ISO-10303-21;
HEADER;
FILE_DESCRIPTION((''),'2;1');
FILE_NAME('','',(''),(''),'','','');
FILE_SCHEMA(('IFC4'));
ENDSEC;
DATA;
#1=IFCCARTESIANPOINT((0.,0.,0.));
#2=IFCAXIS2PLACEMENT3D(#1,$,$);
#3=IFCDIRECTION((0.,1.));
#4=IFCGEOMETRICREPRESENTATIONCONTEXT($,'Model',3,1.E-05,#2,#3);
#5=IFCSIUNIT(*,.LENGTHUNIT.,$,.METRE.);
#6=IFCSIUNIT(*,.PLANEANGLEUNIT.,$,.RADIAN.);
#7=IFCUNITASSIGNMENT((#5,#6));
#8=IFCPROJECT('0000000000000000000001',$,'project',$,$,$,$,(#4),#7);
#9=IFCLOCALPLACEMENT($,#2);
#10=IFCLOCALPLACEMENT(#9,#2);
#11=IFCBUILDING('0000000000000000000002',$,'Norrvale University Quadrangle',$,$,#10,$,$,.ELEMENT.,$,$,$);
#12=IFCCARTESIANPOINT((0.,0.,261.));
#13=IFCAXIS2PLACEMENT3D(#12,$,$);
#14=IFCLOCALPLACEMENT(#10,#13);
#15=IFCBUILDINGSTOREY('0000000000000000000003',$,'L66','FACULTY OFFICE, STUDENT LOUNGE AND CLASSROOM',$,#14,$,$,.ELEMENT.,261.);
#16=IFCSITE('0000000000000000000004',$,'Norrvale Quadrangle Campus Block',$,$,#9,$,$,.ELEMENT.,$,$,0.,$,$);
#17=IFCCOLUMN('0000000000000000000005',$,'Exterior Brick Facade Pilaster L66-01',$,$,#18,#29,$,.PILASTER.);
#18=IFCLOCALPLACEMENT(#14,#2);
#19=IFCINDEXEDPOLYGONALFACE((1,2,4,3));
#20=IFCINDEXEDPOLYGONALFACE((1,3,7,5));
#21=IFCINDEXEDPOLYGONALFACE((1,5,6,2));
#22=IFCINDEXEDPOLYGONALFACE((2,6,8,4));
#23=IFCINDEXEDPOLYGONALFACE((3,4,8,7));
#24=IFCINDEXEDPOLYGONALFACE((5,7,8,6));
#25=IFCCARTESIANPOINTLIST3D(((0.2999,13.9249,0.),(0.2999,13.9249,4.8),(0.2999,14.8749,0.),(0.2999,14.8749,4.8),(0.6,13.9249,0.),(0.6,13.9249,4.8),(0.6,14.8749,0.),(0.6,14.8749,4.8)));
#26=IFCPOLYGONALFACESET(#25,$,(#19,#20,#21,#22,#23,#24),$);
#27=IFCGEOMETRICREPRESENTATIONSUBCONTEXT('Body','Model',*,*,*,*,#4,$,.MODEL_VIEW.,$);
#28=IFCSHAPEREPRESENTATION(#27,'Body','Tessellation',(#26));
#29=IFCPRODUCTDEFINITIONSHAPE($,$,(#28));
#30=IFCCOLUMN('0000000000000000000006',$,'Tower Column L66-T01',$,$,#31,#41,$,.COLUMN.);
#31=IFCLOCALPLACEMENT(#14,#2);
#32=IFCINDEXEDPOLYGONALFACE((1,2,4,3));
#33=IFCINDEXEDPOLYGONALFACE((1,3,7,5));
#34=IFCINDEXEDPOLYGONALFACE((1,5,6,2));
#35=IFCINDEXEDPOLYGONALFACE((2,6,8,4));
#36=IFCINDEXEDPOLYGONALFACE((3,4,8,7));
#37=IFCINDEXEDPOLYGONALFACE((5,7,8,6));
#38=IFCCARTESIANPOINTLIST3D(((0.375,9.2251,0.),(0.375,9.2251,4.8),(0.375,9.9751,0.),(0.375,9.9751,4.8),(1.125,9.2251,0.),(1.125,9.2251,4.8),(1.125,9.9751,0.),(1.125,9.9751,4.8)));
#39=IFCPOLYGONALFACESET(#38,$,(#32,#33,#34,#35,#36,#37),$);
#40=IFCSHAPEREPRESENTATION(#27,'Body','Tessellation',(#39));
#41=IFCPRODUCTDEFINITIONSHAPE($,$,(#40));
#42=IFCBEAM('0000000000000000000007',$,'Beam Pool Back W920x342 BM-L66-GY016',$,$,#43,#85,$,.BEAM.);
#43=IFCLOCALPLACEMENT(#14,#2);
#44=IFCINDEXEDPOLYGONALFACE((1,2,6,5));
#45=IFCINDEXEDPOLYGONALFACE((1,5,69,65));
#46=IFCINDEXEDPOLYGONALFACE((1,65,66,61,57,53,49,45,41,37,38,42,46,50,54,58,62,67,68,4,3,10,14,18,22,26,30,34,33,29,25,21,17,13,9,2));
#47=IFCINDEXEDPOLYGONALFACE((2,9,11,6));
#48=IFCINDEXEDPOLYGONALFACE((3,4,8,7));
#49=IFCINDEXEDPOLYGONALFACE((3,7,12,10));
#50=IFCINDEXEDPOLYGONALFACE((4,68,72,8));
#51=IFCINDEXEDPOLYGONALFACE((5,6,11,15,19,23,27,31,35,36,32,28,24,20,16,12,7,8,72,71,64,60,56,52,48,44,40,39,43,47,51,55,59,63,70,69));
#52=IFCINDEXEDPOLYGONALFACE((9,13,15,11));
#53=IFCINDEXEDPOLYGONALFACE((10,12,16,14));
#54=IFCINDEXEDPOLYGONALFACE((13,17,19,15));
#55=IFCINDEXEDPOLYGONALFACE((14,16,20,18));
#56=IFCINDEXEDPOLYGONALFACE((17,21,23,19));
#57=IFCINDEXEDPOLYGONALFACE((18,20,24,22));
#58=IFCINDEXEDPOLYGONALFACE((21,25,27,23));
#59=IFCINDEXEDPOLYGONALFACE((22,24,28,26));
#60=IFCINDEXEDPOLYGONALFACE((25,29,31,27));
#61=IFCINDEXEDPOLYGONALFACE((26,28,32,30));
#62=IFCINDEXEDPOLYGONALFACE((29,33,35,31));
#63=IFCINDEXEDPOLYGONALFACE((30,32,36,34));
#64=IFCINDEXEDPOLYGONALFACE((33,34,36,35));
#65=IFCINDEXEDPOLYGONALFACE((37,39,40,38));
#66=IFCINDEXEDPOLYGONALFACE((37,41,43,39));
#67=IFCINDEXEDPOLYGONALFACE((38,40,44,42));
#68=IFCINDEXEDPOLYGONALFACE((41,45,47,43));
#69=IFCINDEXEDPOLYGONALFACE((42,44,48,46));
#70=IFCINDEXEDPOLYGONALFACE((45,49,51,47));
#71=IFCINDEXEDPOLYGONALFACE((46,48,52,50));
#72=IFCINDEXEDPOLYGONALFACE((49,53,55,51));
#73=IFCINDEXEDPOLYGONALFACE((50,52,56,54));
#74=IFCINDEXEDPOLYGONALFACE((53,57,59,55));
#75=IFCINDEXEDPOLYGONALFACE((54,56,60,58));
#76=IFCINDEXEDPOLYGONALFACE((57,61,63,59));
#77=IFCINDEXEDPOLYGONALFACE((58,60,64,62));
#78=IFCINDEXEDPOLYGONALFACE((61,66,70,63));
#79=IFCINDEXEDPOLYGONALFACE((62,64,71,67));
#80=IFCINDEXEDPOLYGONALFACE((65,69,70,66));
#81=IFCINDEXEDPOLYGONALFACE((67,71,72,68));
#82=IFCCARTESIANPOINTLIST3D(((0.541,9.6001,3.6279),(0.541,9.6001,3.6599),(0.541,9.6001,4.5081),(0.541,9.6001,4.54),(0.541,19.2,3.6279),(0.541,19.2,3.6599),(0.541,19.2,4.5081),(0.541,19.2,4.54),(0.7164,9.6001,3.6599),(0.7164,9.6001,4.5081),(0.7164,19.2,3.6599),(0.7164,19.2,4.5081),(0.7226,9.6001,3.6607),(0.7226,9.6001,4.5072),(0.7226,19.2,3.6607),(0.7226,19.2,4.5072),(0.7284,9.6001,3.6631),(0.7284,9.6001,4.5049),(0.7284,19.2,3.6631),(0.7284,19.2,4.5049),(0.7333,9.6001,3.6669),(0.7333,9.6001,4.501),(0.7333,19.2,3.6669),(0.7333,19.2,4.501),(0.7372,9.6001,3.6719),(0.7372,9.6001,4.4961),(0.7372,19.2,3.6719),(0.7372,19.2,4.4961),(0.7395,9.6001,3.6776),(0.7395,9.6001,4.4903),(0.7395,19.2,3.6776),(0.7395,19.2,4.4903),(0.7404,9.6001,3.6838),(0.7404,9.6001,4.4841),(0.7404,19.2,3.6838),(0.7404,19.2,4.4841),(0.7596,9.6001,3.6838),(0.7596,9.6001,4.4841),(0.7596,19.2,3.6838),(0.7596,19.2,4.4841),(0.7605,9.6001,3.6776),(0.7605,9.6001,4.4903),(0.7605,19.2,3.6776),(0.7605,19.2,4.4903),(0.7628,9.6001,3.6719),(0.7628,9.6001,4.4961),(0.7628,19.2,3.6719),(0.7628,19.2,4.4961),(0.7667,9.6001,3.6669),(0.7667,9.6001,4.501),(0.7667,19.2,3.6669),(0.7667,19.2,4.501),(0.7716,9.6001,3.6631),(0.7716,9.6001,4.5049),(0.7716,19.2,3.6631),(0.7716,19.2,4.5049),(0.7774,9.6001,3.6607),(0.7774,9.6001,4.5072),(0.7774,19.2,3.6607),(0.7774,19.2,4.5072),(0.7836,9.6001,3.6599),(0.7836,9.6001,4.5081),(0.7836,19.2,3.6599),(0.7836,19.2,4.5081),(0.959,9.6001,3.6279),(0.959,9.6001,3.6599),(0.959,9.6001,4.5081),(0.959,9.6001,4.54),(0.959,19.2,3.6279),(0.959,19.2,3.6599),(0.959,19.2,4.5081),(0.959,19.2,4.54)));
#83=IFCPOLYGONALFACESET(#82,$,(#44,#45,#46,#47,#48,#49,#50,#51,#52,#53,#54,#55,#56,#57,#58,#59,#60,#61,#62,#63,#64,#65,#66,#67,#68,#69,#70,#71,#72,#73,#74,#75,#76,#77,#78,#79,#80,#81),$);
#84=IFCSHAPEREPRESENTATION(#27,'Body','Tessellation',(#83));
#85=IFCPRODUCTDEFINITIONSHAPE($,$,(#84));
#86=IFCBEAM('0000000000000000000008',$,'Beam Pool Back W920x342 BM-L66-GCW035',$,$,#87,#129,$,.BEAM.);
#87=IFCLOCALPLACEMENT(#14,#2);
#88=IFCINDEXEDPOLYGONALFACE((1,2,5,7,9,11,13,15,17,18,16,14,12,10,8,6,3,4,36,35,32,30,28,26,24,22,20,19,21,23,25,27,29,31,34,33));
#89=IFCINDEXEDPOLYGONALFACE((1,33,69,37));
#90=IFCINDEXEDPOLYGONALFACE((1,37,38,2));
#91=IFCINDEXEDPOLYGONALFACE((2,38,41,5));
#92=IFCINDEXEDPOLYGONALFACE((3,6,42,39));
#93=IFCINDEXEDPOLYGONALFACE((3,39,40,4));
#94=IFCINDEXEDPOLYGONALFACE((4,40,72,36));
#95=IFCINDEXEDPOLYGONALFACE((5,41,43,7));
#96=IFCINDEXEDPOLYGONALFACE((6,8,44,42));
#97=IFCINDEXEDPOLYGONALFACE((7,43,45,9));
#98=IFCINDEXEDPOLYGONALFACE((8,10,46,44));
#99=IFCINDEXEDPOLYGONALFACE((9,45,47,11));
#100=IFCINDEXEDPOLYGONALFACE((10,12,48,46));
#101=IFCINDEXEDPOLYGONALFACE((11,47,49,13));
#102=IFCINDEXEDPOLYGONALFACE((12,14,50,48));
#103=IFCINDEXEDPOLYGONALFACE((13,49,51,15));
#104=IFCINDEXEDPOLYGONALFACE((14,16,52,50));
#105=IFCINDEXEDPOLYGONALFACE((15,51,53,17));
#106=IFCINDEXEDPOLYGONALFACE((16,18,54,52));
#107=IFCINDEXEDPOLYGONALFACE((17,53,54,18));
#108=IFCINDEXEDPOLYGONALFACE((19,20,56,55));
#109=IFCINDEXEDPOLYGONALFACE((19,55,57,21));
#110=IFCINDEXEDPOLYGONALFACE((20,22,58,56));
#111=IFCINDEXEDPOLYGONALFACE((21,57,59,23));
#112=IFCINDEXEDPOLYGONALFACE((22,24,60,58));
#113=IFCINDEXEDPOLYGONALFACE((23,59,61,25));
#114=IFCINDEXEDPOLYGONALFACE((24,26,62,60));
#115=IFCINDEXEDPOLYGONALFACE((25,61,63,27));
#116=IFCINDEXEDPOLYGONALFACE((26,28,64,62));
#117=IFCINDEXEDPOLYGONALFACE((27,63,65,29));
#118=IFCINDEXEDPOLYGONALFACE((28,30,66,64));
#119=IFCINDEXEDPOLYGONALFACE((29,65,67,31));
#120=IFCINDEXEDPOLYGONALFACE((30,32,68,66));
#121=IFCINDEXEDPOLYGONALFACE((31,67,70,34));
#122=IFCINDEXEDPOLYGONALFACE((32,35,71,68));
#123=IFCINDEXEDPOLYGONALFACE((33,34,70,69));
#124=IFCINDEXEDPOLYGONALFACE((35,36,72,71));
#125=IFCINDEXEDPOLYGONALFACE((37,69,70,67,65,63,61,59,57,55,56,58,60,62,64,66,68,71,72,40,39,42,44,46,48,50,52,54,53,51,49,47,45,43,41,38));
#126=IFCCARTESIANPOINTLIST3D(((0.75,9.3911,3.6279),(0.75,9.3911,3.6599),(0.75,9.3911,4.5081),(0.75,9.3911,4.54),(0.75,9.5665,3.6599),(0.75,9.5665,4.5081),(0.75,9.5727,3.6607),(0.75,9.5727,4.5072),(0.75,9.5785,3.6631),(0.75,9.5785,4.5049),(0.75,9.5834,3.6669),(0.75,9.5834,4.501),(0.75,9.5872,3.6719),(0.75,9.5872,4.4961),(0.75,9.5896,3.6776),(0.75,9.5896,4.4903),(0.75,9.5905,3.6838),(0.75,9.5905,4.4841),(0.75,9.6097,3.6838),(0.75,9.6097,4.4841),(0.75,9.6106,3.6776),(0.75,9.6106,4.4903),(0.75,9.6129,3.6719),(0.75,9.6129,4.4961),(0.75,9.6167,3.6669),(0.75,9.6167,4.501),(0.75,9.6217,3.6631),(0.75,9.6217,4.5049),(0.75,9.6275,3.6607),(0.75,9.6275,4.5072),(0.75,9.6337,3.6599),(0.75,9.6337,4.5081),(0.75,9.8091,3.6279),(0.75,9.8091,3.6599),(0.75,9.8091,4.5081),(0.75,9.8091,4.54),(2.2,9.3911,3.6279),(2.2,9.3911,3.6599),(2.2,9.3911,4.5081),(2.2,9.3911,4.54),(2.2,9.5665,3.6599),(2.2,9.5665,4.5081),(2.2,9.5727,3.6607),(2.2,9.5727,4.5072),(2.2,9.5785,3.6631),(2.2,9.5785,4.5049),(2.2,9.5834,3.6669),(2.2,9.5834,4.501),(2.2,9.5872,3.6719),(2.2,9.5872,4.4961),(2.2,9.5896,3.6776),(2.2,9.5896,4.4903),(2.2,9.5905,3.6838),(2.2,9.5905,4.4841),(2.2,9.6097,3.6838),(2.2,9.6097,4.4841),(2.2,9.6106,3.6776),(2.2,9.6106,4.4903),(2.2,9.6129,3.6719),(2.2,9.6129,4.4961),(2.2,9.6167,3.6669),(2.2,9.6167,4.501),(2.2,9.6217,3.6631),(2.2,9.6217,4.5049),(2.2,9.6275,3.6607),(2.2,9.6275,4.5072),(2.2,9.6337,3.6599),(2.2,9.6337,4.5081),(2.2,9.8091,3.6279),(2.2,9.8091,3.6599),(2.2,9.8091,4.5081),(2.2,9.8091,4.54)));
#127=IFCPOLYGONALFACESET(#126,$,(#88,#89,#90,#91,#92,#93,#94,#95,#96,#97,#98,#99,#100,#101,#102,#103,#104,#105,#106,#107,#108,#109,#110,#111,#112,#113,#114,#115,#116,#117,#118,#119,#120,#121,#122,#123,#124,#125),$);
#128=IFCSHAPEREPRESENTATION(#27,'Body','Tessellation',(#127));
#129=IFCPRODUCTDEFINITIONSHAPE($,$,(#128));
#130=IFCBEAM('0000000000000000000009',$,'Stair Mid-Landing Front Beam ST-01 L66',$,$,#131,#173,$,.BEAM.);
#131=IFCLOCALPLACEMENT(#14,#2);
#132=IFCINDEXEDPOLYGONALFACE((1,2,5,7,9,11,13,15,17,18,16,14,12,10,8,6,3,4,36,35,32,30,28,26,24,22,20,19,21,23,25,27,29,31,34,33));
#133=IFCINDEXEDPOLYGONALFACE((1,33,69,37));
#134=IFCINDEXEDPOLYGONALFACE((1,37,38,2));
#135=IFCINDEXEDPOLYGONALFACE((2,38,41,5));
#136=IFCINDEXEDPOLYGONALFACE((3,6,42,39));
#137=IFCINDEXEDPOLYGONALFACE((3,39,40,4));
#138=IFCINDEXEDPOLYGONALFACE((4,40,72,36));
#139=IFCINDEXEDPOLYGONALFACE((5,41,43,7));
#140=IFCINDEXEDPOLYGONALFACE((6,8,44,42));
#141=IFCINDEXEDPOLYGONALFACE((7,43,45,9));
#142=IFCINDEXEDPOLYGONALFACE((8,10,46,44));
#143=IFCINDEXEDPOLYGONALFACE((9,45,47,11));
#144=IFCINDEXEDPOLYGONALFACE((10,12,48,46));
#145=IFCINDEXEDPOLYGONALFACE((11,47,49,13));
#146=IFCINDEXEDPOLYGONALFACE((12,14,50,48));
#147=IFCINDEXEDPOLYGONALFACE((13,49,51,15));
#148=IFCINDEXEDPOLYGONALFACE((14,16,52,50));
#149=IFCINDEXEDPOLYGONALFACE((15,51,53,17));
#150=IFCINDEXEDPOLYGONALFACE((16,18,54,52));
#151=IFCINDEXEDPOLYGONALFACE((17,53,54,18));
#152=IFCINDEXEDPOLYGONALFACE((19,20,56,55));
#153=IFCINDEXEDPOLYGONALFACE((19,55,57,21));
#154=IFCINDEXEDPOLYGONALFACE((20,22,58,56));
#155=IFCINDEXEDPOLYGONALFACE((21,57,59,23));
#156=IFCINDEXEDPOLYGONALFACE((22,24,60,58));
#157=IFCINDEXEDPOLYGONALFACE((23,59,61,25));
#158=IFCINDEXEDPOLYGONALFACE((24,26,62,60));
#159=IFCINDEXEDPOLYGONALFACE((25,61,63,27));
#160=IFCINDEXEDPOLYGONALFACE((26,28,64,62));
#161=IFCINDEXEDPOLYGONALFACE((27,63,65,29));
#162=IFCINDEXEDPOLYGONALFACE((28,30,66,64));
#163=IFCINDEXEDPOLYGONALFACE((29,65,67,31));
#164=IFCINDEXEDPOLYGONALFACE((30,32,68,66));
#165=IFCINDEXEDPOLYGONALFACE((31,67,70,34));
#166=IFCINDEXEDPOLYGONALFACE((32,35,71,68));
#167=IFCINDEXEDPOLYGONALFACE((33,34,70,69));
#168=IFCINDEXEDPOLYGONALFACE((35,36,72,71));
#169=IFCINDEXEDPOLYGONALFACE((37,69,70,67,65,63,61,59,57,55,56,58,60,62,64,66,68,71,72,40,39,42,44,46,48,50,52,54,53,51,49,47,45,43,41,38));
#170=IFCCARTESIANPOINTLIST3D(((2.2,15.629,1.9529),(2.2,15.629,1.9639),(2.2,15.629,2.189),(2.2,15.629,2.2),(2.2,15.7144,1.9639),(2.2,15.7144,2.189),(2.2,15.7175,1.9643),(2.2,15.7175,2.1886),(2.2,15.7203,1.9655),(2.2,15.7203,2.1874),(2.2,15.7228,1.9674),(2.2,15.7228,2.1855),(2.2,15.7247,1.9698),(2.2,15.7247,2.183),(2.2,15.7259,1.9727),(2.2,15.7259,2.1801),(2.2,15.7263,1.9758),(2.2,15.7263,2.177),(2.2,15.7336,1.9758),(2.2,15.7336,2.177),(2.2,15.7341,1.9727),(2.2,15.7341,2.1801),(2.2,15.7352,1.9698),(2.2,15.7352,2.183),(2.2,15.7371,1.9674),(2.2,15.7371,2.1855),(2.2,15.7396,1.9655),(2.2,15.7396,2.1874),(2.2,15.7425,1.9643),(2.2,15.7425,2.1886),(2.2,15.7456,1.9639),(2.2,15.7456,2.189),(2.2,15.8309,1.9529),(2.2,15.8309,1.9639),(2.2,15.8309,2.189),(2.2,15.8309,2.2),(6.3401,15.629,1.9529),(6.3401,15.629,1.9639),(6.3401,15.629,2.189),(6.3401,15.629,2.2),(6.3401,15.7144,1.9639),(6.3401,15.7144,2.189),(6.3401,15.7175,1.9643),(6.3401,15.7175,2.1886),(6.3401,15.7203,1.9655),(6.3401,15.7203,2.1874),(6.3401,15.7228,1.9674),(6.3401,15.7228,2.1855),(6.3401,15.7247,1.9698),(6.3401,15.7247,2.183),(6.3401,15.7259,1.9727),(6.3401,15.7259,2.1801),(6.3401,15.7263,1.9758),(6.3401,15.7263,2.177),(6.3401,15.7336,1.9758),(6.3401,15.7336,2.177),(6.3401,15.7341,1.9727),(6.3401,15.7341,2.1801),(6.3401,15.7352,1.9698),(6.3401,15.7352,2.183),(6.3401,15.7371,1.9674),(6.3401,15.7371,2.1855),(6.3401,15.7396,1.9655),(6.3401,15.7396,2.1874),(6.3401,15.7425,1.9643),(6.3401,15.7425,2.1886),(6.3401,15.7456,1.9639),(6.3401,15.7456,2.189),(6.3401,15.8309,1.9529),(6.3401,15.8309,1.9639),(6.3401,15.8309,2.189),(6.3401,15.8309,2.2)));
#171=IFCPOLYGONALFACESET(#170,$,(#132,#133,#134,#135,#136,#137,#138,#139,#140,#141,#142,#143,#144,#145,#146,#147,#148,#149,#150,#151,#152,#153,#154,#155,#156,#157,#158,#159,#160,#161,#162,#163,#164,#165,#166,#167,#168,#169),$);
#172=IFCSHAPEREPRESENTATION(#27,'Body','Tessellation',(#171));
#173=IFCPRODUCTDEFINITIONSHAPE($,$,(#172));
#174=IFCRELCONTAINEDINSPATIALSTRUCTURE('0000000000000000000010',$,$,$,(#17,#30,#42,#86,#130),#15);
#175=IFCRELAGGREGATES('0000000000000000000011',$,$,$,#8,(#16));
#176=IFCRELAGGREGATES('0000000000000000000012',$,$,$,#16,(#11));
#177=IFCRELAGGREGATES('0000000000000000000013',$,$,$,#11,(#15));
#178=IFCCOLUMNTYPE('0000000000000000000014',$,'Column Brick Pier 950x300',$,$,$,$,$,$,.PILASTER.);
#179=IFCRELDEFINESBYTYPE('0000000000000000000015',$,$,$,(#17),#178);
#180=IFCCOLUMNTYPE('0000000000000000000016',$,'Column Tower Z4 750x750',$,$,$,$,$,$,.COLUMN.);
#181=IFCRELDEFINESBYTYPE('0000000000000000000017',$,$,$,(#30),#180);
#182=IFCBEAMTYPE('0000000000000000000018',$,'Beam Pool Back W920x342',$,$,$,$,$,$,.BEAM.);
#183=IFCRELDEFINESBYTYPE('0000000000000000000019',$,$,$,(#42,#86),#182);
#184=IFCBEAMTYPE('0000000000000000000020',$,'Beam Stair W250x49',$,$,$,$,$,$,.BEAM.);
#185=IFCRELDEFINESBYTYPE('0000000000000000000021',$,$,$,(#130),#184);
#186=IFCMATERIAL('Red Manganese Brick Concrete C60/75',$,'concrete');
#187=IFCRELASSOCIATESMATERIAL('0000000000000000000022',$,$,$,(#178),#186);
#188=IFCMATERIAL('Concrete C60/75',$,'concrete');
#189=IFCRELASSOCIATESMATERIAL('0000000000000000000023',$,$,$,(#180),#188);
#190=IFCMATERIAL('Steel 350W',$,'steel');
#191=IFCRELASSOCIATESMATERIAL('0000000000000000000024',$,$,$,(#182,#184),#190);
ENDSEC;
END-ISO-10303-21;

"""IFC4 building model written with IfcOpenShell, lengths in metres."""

from ifc_helpers import new_model, si_unit, direction, frame, origin, origin_2d, place, context, subcontext, project, spatial, rectangle, i_section, extrude, material, material_profile, profile_set, type_object, element, save


model = new_model("IFC4")

# Units and contexts
model_context = context("Model", 3, precision=1e-05, world=origin(), true_north=direction((0.0, 1.0)))
body_context = subcontext(model_context, "Body", "Model", "MODEL_VIEW")
ifc_project = project(units=[si_unit("LENGTHUNIT", "METRE"), si_unit("PLANEANGLEUNIT", "RADIAN")], contexts=[model_context])

# Site, building, storey
site_placement = place(None, origin())
site = spatial("IfcSite", under=ifc_project, at=site_placement, Name="Norrvale Quadrangle Campus Block", CompositionType="ELEMENT", RefElevation=0.0)
building_placement = place(site_placement, origin())
building = spatial("IfcBuilding", under=site, at=building_placement, Name="Norrvale University Quadrangle", CompositionType="ELEMENT")
storey_placement = place(building_placement, frame((0.0, 0.0, 261.0)))
storey = spatial("IfcBuildingStorey", under=building, at=storey_placement, Name="L66", Description="FACULTY OFFICE, STUDENT LOUNGE AND CLASSROOM", CompositionType="ELEMENT", Elevation=261.0)

# Columns
ifc_material_1 = material(Name="Red Manganese Brick Concrete C60/75", Category="concrete")
ifc_material_profile_1 = material_profile(ifc_material_1, rectangle(XDim=0.95, YDim=0.3, at=origin_2d()), Name="Red Manganese Brick Concrete C60/75")
ifc_profile_set_1 = profile_set([ifc_material_profile_1], Name="Red Manganese Brick Concrete C60/75")
column_type_1 = type_object("IfcColumnType", Name="Column Brick Pier 950x300", PredefinedType="PILASTER", material=ifc_profile_set_1)
column_1_placement = place(storey_placement, frame((0.45, 14.3999, 0.0), z_axis=(0.0, 0.0, 1.0), x_axis=(0.0, 1.0, 0.0)))
element("IfcColumn", 1, at=column_1_placement, inside=storey, type_object=column_type_1, Name="Exterior Brick Facade Pilaster L66-01", PredefinedType="PILASTER", context=body_context, shape_type="SweptSolid", body=[
    extrude(rectangle(XDim=0.95, YDim=0.3, at=origin_2d()), origin(), (0.0, 0.0, 1.0), 4.8),
])
ifc_material_2 = material(Name="Concrete C60/75", Category="concrete")
ifc_material_profile_2 = material_profile(ifc_material_2, rectangle(XDim=0.75, YDim=0.75, at=origin_2d()), Name="Concrete C60/75")
ifc_profile_set_2 = profile_set([ifc_material_profile_2], Name="Concrete C60/75")
column_type_2 = type_object("IfcColumnType", Name="Column Tower Z4 750x750", PredefinedType="COLUMN", material=ifc_profile_set_2)
column_2_placement = place(storey_placement, frame((0.75, 9.6001, 0.0), z_axis=(0.0, 0.0, 1.0), x_axis=(1.0, 0.0, 0.0)))
element("IfcColumn", 2, at=column_2_placement, inside=storey, type_object=column_type_2, Name="Tower Column L66-T01", PredefinedType="COLUMN", context=body_context, shape_type="SweptSolid", body=[
    extrude(rectangle(XDim=0.75, YDim=0.75, at=origin_2d()), origin(), (0.0, 0.0, 1.0), 4.8),
])

# Beams
ifc_material_3 = material(Name="Steel 350W", Category="steel")
ifc_material_profile_3 = material_profile(ifc_material_3, i_section(OverallWidth=0.418, OverallDepth=0.9121, WebThickness=0.0193, FlangeThickness=0.032, FilletRadius=0.0239, at=origin_2d()), Name="Steel 350W")
ifc_profile_set_3 = profile_set([ifc_material_profile_3], Name="Steel 350W")
beam_type_1 = type_object("IfcBeamType", Name="Beam Pool Back W920x342", PredefinedType="BEAM", material=ifc_profile_set_3)
beam_1_placement = place(storey_placement, frame((0.75, 9.6001, 4.084), z_axis=(0.0, 1.0, 0.0), x_axis=(-1.0, 0.0, 0.0)))
element("IfcBeam", 3, at=beam_1_placement, inside=storey, type_object=beam_type_1, Name="Beam Pool Back W920x342 BM-L66-GY016", PredefinedType="BEAM", context=body_context, shape_type="SweptSolid", body=[
    extrude(i_section(OverallWidth=0.418, OverallDepth=0.9121, WebThickness=0.0193, FlangeThickness=0.032, FilletRadius=0.0239, at=origin_2d()), origin(), (0.0, 0.0, 1.0), 9.5999),
])
beam_2_placement = place(storey_placement, frame((0.75, 9.6001, 4.084), z_axis=(1.0, 0.0, 0.0), x_axis=(0.0, 1.0, 0.0)))
element("IfcBeam", 4, at=beam_2_placement, inside=storey, type_object=beam_type_1, Name="Beam Pool Back W920x342 BM-L66-GCW035", PredefinedType="BEAM", context=body_context, shape_type="SweptSolid", body=[
    extrude(i_section(OverallWidth=0.418, OverallDepth=0.9121, WebThickness=0.0193, FlangeThickness=0.032, FilletRadius=0.0239, at=origin_2d()), origin(), (0.0, 0.0, 1.0), 1.45),
])
ifc_material_profile_4 = material_profile(ifc_material_3, i_section(OverallWidth=0.2019, OverallDepth=0.2471, WebThickness=0.0073, FlangeThickness=0.011, FilletRadius=0.012, at=origin_2d()), Name="Steel 350W")
ifc_profile_set_4 = profile_set([ifc_material_profile_4], Name="Steel 350W")
beam_type_2 = type_object("IfcBeamType", Name="Beam Stair W250x49", PredefinedType="BEAM", material=ifc_profile_set_4)
for number, where, z_axis, x_axis, name in (
    (5, (2.2, 15.73, 2.0764), (1.0, 0.0, 0.0), (0.0, 1.0, 0.0), "Stair Mid-Landing Front Beam ST-01 L66"),
):
    element("IfcBeam", number, at=place(storey_placement, frame(where, z_axis=z_axis, x_axis=x_axis)), inside=storey, type_object=beam_type_2, Name=name, PredefinedType="BEAM", context=body_context, shape_type="SweptSolid", body=[
        extrude(i_section(OverallWidth=0.2019, OverallDepth=0.2471, WebThickness=0.0073, FlangeThickness=0.011, FilletRadius=0.012, at=origin_2d()), origin(), (0.0, 0.0, 1.0), 4.1401),
    ])

save(model, "model.ifc")
